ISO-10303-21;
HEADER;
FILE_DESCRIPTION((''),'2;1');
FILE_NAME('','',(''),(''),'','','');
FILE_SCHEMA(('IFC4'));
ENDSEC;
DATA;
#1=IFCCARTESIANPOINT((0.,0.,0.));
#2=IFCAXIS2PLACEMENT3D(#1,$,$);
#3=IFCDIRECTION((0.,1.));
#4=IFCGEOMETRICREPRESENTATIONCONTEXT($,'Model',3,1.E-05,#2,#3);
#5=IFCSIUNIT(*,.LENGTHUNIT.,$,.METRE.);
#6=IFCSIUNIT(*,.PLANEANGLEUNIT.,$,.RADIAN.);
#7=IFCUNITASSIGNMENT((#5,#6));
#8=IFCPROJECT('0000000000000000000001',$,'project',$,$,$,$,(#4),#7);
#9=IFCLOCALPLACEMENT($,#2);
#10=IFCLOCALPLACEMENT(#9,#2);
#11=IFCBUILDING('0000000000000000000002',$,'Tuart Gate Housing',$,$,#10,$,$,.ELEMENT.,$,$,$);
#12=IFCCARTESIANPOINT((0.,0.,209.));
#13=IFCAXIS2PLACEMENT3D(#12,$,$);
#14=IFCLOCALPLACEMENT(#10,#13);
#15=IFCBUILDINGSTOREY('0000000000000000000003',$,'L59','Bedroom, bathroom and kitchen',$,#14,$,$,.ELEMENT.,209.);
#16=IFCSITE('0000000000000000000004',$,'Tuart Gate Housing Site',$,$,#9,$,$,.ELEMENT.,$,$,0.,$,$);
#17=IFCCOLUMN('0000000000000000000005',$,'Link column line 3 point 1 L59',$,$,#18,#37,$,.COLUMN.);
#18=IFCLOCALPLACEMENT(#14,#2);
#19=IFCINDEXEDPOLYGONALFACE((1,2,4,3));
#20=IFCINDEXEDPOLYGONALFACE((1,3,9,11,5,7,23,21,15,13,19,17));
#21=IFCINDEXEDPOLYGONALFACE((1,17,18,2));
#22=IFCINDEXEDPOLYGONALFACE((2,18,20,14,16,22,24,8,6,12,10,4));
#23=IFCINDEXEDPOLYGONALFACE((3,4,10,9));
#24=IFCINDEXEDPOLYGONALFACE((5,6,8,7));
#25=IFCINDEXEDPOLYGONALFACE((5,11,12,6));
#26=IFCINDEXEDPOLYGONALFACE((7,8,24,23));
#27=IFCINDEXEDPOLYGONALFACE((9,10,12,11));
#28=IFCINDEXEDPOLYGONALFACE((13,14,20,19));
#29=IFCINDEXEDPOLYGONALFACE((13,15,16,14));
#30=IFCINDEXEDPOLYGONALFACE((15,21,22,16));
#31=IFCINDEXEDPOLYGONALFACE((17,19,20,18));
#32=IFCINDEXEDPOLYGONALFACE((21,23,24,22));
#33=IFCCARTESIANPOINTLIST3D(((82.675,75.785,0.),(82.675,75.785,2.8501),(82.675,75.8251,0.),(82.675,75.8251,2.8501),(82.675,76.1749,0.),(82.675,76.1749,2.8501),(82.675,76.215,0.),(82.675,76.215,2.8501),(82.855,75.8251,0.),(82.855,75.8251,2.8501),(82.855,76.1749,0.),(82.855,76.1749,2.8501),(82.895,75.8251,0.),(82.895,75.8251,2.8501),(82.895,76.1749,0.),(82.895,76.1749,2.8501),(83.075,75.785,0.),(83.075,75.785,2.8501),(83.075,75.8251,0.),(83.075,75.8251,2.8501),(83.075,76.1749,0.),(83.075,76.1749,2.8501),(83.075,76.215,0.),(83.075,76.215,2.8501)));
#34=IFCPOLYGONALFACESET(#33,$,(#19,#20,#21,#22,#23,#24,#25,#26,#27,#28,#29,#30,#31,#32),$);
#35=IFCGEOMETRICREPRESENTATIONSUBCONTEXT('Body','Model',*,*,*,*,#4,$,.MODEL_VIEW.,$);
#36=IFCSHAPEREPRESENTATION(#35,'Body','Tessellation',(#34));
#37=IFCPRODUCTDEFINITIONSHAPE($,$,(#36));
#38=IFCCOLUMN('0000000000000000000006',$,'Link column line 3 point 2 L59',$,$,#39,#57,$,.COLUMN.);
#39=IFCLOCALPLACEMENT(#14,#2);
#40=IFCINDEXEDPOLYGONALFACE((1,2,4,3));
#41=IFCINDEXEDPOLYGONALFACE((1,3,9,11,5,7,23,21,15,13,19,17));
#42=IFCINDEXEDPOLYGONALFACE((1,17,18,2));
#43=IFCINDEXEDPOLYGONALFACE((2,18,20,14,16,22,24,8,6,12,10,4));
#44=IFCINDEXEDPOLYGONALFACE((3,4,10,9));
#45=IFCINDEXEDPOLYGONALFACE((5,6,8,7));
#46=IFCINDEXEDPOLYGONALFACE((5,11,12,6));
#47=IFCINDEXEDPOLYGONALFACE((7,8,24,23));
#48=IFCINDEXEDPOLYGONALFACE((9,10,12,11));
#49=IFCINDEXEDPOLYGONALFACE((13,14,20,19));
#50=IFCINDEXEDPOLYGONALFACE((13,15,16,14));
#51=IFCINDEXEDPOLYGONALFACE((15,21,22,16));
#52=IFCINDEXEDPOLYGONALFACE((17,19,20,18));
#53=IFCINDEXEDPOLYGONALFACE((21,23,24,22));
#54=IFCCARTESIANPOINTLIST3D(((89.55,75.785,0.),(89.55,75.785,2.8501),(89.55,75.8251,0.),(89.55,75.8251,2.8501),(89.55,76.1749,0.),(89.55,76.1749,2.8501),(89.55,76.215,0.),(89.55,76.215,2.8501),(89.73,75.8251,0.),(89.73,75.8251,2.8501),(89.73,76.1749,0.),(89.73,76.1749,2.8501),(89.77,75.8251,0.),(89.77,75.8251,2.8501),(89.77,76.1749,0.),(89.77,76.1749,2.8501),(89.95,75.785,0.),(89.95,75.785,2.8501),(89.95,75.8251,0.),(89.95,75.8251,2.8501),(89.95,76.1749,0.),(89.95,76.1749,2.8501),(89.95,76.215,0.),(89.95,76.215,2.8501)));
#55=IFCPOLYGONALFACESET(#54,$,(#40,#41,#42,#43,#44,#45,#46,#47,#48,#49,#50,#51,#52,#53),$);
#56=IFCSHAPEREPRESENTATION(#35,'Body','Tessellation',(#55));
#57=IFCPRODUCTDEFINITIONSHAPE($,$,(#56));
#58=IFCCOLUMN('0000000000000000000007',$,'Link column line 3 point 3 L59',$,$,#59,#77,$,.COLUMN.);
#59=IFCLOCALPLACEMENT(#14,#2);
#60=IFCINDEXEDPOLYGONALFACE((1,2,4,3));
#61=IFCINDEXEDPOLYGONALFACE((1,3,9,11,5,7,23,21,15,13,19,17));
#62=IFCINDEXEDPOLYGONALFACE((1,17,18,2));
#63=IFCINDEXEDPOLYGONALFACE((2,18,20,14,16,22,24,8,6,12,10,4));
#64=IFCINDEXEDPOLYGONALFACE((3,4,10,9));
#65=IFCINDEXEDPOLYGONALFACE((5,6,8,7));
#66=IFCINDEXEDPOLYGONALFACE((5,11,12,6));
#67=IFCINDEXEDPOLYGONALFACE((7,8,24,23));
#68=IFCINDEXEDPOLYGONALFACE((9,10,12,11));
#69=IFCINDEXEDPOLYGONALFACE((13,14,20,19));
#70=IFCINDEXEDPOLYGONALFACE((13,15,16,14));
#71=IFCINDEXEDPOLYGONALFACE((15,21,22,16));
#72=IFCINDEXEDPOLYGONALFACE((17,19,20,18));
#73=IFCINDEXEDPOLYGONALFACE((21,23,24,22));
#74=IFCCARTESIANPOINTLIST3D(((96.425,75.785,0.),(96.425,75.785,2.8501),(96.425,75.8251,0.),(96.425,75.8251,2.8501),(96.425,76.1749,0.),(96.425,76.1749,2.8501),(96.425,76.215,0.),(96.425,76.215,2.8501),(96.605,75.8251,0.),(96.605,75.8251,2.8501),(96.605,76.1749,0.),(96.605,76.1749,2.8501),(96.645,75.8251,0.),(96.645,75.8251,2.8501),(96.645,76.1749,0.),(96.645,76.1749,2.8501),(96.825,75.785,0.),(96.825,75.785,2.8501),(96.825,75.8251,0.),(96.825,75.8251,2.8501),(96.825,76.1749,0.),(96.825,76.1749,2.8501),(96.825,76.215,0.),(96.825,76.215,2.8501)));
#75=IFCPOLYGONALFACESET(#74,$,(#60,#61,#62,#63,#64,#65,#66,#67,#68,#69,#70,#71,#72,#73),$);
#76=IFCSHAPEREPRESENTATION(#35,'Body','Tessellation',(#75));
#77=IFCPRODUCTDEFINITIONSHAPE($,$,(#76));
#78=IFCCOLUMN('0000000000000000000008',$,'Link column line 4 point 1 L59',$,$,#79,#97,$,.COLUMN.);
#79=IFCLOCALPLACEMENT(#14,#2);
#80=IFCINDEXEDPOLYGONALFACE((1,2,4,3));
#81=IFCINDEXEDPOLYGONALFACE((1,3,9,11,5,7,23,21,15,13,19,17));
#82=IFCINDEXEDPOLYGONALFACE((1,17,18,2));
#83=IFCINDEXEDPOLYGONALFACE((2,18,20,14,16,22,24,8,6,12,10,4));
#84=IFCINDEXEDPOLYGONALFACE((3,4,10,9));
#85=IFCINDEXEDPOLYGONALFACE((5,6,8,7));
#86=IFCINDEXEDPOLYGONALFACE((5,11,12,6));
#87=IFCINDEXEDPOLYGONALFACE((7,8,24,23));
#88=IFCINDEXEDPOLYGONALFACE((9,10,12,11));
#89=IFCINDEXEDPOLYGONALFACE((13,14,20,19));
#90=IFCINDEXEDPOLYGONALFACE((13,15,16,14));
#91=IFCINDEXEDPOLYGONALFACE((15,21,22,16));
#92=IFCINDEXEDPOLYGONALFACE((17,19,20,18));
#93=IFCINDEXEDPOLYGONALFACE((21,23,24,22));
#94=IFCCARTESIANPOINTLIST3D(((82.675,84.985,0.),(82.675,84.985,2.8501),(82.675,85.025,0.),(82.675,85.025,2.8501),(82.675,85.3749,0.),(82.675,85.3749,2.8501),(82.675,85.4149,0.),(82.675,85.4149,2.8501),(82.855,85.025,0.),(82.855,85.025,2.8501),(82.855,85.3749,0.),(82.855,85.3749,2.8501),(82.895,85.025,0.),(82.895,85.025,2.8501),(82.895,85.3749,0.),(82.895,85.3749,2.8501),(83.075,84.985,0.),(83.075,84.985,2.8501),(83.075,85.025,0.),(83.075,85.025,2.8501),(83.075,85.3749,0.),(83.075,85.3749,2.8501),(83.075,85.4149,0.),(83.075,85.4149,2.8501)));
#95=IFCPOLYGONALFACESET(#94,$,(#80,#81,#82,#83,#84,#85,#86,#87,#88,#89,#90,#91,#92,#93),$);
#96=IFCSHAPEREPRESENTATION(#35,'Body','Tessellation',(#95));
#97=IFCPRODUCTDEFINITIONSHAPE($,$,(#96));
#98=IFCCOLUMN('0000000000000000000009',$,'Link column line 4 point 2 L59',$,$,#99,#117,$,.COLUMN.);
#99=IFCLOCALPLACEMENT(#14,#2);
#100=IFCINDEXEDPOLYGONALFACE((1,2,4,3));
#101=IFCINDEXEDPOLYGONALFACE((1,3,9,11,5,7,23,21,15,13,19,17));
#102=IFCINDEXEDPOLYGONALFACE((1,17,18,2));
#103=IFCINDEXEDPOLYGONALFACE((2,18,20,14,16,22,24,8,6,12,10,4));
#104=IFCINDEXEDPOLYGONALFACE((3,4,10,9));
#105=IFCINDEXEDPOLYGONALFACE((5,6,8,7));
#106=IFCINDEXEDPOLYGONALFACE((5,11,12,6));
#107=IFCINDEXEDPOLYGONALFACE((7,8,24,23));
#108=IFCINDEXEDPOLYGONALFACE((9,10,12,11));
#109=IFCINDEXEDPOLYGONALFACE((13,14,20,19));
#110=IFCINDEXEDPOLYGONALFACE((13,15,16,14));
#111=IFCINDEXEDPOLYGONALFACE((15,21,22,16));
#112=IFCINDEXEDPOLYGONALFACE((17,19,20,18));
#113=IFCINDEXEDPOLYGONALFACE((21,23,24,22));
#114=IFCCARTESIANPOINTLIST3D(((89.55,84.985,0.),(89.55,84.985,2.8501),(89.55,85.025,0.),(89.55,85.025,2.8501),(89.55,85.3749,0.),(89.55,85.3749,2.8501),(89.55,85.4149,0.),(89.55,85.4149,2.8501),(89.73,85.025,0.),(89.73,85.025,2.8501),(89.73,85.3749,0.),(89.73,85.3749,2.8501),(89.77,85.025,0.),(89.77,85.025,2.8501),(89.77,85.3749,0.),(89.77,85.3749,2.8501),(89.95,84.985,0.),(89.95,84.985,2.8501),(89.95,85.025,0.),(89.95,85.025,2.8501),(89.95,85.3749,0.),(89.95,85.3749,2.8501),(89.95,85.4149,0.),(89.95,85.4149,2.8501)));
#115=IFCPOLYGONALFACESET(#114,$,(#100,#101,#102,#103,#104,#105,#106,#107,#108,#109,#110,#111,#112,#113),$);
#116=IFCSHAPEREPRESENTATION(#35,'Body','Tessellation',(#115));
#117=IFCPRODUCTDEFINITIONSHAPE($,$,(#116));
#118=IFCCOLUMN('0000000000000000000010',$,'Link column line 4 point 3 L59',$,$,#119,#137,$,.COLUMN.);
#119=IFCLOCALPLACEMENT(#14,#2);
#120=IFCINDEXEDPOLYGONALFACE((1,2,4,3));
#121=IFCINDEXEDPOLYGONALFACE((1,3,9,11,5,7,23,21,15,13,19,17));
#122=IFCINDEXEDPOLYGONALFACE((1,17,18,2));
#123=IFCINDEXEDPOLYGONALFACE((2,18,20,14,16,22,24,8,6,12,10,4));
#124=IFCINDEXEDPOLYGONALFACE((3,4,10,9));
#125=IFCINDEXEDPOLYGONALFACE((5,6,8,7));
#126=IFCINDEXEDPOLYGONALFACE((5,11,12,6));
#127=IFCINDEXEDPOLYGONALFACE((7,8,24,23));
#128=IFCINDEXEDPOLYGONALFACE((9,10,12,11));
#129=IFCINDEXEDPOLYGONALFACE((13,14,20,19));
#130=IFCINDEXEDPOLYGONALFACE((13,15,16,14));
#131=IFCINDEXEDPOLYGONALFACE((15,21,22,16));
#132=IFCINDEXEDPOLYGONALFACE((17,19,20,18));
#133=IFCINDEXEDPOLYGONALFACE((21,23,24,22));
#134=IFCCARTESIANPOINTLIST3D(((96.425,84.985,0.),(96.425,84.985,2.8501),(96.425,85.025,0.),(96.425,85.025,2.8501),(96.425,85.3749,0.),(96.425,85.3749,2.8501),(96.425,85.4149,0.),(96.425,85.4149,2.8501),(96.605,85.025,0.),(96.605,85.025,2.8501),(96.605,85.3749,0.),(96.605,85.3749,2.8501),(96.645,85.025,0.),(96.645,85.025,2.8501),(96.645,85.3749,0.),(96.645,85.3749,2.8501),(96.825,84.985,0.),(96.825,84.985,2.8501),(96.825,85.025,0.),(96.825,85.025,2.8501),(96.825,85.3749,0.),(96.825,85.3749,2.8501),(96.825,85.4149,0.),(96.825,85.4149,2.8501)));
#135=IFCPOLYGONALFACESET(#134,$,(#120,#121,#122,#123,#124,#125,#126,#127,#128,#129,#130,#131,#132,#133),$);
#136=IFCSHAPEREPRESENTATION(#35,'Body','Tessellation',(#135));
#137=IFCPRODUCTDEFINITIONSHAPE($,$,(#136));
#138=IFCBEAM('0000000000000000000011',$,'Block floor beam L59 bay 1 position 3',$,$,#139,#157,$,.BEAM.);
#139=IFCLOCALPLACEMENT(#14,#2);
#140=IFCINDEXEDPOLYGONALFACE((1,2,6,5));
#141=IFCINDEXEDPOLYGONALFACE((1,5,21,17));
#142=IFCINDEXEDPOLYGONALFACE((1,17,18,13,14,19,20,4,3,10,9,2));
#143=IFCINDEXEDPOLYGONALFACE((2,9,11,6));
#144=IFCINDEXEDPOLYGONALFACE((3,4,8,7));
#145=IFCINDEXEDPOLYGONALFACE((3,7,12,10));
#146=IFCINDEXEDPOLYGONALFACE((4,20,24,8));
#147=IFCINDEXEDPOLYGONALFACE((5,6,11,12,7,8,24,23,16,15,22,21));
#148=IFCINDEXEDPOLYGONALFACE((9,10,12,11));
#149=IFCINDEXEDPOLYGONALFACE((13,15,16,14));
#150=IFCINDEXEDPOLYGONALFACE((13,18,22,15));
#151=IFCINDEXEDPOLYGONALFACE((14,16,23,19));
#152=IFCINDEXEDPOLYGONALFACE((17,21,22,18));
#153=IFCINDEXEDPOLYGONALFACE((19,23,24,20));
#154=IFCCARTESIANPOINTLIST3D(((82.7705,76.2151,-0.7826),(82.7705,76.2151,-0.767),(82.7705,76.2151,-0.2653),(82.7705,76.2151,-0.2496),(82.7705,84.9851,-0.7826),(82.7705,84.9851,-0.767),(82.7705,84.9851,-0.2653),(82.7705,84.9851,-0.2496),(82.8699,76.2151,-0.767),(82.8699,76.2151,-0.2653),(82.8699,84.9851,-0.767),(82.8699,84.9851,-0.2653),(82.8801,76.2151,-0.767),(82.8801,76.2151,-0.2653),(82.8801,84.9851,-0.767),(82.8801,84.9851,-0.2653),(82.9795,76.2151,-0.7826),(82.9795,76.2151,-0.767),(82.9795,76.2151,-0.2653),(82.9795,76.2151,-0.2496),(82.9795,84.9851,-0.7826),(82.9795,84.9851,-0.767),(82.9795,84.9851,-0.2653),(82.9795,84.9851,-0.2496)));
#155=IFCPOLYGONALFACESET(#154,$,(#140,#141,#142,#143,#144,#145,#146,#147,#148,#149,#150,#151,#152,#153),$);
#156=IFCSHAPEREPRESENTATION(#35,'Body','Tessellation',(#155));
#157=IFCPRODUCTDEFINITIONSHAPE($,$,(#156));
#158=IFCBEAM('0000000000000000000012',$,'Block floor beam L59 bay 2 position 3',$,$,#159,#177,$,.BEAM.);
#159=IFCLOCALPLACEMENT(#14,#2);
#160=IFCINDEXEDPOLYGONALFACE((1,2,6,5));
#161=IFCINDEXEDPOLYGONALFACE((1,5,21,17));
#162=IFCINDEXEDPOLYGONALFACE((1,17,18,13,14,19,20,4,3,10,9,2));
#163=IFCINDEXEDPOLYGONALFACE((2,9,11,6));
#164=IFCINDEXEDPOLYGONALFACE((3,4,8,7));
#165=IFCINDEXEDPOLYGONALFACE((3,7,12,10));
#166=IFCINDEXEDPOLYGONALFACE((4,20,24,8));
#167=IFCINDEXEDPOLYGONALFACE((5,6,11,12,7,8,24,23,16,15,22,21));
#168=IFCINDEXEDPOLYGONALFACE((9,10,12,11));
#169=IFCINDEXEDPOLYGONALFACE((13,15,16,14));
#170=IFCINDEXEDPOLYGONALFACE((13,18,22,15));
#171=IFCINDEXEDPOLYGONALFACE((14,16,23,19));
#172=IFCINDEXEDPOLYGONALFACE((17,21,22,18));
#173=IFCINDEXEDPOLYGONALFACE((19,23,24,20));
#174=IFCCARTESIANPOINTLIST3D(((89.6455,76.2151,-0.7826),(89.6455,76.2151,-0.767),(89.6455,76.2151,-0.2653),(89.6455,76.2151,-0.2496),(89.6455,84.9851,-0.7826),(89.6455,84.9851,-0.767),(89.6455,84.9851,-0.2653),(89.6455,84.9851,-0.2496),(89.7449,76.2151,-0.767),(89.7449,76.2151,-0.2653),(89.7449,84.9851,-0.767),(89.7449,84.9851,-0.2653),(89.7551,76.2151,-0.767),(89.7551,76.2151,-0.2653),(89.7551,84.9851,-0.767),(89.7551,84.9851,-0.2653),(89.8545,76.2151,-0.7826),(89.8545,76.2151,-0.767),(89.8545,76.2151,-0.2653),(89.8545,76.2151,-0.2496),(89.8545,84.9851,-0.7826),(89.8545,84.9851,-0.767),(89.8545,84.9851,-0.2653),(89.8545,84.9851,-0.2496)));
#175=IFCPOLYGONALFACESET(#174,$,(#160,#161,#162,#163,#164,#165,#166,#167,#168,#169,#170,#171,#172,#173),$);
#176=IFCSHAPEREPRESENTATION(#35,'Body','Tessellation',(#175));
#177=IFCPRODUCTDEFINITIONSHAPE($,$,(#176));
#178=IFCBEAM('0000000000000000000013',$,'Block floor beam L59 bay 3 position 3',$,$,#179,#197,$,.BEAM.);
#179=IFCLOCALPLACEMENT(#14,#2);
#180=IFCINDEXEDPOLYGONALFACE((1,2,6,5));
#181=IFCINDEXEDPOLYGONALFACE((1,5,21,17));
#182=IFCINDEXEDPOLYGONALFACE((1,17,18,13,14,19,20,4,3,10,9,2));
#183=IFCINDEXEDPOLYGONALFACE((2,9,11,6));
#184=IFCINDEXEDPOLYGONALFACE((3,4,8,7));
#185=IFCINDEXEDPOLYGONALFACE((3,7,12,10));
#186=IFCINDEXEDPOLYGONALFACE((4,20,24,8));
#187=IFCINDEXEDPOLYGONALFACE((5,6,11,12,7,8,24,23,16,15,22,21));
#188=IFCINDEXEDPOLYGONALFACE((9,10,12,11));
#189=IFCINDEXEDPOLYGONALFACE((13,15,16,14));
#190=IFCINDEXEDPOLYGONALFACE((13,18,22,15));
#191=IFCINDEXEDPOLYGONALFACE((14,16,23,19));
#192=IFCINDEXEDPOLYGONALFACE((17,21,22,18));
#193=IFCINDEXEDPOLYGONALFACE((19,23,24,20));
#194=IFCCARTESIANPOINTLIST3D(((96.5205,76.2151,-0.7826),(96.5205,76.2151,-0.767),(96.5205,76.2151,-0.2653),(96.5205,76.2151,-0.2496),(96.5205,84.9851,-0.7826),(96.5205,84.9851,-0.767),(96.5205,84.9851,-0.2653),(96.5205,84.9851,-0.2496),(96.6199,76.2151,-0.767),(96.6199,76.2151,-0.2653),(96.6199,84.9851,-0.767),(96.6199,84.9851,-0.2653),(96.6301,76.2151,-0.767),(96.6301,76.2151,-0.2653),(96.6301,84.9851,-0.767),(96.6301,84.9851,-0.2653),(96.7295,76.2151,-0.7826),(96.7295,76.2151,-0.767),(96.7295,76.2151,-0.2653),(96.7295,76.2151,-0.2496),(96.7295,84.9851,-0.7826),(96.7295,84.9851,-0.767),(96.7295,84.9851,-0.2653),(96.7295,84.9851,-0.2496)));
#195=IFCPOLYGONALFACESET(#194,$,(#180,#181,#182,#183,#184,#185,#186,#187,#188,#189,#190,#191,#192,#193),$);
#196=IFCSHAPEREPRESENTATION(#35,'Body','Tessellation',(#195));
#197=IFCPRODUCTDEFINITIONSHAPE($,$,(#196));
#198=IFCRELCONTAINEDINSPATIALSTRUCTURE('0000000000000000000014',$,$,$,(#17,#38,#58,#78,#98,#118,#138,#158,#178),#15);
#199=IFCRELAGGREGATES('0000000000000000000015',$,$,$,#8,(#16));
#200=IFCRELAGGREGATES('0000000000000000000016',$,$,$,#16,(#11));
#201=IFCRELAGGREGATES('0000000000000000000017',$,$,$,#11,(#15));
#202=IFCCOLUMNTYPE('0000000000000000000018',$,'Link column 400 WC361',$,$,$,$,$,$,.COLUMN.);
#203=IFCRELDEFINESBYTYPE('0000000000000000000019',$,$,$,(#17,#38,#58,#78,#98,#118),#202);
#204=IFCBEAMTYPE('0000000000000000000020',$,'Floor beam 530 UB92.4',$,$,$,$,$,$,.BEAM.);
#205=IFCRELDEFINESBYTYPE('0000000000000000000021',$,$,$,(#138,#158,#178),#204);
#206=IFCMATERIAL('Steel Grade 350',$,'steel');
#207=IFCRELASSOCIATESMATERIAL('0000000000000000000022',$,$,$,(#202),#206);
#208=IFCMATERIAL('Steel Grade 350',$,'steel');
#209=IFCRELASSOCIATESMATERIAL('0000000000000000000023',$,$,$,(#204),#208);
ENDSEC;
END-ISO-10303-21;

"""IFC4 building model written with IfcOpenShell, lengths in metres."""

from ifc_helpers import new_model, si_unit, direction, frame, origin, origin_2d, place, context, subcontext, project, spatial, i_section, extrude, material, material_profile, profile_set, type_object, element, save


model = new_model("IFC4")

# Units and contexts
model_context = context("Model", 3, precision=1e-05, world=origin(), true_north=direction((0.0, 1.0)))
body_context = subcontext(model_context, "Body", "Model", "MODEL_VIEW")
ifc_project = project(units=[si_unit("LENGTHUNIT", "METRE"), si_unit("PLANEANGLEUNIT", "RADIAN")], contexts=[model_context])

# Site, building, storey
site_placement = place(None, origin())
site = spatial("IfcSite", under=ifc_project, at=site_placement, Name="Tuart Gate Housing Site", CompositionType="ELEMENT", RefElevation=0.0)
building_placement = place(site_placement, origin())
building = spatial("IfcBuilding", under=site, at=building_placement, Name="Tuart Gate Housing", CompositionType="ELEMENT")
storey_placement = place(building_placement, frame((0.0, 0.0, 209.0)))
storey = spatial("IfcBuildingStorey", under=building, at=storey_placement, Name="L59", Description="Bedroom, bathroom and kitchen", CompositionType="ELEMENT", Elevation=209.0)

# Columns
ifc_material_1 = material(Name="Steel Grade 350", Category="steel")
ifc_material_profile_1 = material_profile(ifc_material_1, i_section(OverallWidth=0.3999, OverallDepth=0.4299, WebThickness=0.04, FlangeThickness=0.04, at=origin_2d()), Name="400WC361")
ifc_profile_set_1 = profile_set([ifc_material_profile_1], Name="Steel Grade 350")
column_type = type_object("IfcColumnType", Name="Link column 400 WC361", PredefinedType="COLUMN", material=ifc_profile_set_1)
for number, where, z_axis, x_axis, name in (
    (1, (82.875, 76.0, 0.0), (0.0, 0.0, 1.0), (1.0, 0.0, 0.0), "Link column line 3 point 1 L59"),
    (2, (89.75, 76.0, 0.0), (0.0, 0.0, 1.0), (1.0, 0.0, 0.0), "Link column line 3 point 2 L59"),
    (3, (96.625, 76.0, 0.0), (0.0, 0.0, 1.0), (1.0, 0.0, 0.0), "Link column line 3 point 3 L59"),
    (4, (82.875, 85.2, 0.0), (0.0, 0.0, 1.0), (1.0, 0.0, 0.0), "Link column line 4 point 1 L59"),
    (5, (89.75, 85.2, 0.0), (0.0, 0.0, 1.0), (1.0, 0.0, 0.0), "Link column line 4 point 2 L59"),
    (6, (96.625, 85.2, 0.0), (0.0, 0.0, 1.0), (1.0, 0.0, 0.0), "Link column line 4 point 3 L59"),
):
    element("IfcColumn", number, at=place(storey_placement, frame(where, z_axis=z_axis, x_axis=x_axis)), inside=storey, type_object=column_type, Name=name, PredefinedType="COLUMN", context=body_context, shape_type="SweptSolid", body=[
        extrude(i_section(OverallWidth=0.3999, OverallDepth=0.4299, WebThickness=0.04, FlangeThickness=0.04, at=origin_2d()), origin(), (0.0, 0.0, 1.0), 2.8501),
    ])

# Beams
ifc_material_2 = material(Name="Steel Grade 350", Category="steel")
ifc_material_profile_2 = material_profile(ifc_material_2, i_section(OverallWidth=0.209, OverallDepth=0.533, WebThickness=0.0103, FlangeThickness=0.0156, at=origin_2d()), Name="530UB92.4")
ifc_profile_set_2 = profile_set([ifc_material_profile_2], Name="Steel Grade 350")
beam_type = type_object("IfcBeamType", Name="Floor beam 530 UB92.4", PredefinedType="BEAM", material=ifc_profile_set_2)
for number, where, z_axis, x_axis, name in (
    (7, (82.875, 76.2151, -0.5161), (0.0, 1.0, 0.0), (-1.0, 0.0, 0.0), "Block floor beam L59 bay 1 position 3"),
    (8, (89.75, 76.2151, -0.5161), (0.0, 1.0, 0.0), (-1.0, 0.0, 0.0), "Block floor beam L59 bay 2 position 3"),
    (9, (96.625, 76.2151, -0.5161), (0.0, 1.0, 0.0), (-1.0, 0.0, 0.0), "Block floor beam L59 bay 3 position 3"),
):
    element("IfcBeam", number, at=place(storey_placement, frame(where, z_axis=z_axis, x_axis=x_axis)), inside=storey, type_object=beam_type, Name=name, PredefinedType="BEAM", context=body_context, shape_type="SweptSolid", body=[
        extrude(i_section(OverallWidth=0.209, OverallDepth=0.533, WebThickness=0.0103, FlangeThickness=0.0156, at=origin_2d()), origin(), (0.0, 0.0, 1.0), 8.77),
    ])

save(model, "model.ifc")
